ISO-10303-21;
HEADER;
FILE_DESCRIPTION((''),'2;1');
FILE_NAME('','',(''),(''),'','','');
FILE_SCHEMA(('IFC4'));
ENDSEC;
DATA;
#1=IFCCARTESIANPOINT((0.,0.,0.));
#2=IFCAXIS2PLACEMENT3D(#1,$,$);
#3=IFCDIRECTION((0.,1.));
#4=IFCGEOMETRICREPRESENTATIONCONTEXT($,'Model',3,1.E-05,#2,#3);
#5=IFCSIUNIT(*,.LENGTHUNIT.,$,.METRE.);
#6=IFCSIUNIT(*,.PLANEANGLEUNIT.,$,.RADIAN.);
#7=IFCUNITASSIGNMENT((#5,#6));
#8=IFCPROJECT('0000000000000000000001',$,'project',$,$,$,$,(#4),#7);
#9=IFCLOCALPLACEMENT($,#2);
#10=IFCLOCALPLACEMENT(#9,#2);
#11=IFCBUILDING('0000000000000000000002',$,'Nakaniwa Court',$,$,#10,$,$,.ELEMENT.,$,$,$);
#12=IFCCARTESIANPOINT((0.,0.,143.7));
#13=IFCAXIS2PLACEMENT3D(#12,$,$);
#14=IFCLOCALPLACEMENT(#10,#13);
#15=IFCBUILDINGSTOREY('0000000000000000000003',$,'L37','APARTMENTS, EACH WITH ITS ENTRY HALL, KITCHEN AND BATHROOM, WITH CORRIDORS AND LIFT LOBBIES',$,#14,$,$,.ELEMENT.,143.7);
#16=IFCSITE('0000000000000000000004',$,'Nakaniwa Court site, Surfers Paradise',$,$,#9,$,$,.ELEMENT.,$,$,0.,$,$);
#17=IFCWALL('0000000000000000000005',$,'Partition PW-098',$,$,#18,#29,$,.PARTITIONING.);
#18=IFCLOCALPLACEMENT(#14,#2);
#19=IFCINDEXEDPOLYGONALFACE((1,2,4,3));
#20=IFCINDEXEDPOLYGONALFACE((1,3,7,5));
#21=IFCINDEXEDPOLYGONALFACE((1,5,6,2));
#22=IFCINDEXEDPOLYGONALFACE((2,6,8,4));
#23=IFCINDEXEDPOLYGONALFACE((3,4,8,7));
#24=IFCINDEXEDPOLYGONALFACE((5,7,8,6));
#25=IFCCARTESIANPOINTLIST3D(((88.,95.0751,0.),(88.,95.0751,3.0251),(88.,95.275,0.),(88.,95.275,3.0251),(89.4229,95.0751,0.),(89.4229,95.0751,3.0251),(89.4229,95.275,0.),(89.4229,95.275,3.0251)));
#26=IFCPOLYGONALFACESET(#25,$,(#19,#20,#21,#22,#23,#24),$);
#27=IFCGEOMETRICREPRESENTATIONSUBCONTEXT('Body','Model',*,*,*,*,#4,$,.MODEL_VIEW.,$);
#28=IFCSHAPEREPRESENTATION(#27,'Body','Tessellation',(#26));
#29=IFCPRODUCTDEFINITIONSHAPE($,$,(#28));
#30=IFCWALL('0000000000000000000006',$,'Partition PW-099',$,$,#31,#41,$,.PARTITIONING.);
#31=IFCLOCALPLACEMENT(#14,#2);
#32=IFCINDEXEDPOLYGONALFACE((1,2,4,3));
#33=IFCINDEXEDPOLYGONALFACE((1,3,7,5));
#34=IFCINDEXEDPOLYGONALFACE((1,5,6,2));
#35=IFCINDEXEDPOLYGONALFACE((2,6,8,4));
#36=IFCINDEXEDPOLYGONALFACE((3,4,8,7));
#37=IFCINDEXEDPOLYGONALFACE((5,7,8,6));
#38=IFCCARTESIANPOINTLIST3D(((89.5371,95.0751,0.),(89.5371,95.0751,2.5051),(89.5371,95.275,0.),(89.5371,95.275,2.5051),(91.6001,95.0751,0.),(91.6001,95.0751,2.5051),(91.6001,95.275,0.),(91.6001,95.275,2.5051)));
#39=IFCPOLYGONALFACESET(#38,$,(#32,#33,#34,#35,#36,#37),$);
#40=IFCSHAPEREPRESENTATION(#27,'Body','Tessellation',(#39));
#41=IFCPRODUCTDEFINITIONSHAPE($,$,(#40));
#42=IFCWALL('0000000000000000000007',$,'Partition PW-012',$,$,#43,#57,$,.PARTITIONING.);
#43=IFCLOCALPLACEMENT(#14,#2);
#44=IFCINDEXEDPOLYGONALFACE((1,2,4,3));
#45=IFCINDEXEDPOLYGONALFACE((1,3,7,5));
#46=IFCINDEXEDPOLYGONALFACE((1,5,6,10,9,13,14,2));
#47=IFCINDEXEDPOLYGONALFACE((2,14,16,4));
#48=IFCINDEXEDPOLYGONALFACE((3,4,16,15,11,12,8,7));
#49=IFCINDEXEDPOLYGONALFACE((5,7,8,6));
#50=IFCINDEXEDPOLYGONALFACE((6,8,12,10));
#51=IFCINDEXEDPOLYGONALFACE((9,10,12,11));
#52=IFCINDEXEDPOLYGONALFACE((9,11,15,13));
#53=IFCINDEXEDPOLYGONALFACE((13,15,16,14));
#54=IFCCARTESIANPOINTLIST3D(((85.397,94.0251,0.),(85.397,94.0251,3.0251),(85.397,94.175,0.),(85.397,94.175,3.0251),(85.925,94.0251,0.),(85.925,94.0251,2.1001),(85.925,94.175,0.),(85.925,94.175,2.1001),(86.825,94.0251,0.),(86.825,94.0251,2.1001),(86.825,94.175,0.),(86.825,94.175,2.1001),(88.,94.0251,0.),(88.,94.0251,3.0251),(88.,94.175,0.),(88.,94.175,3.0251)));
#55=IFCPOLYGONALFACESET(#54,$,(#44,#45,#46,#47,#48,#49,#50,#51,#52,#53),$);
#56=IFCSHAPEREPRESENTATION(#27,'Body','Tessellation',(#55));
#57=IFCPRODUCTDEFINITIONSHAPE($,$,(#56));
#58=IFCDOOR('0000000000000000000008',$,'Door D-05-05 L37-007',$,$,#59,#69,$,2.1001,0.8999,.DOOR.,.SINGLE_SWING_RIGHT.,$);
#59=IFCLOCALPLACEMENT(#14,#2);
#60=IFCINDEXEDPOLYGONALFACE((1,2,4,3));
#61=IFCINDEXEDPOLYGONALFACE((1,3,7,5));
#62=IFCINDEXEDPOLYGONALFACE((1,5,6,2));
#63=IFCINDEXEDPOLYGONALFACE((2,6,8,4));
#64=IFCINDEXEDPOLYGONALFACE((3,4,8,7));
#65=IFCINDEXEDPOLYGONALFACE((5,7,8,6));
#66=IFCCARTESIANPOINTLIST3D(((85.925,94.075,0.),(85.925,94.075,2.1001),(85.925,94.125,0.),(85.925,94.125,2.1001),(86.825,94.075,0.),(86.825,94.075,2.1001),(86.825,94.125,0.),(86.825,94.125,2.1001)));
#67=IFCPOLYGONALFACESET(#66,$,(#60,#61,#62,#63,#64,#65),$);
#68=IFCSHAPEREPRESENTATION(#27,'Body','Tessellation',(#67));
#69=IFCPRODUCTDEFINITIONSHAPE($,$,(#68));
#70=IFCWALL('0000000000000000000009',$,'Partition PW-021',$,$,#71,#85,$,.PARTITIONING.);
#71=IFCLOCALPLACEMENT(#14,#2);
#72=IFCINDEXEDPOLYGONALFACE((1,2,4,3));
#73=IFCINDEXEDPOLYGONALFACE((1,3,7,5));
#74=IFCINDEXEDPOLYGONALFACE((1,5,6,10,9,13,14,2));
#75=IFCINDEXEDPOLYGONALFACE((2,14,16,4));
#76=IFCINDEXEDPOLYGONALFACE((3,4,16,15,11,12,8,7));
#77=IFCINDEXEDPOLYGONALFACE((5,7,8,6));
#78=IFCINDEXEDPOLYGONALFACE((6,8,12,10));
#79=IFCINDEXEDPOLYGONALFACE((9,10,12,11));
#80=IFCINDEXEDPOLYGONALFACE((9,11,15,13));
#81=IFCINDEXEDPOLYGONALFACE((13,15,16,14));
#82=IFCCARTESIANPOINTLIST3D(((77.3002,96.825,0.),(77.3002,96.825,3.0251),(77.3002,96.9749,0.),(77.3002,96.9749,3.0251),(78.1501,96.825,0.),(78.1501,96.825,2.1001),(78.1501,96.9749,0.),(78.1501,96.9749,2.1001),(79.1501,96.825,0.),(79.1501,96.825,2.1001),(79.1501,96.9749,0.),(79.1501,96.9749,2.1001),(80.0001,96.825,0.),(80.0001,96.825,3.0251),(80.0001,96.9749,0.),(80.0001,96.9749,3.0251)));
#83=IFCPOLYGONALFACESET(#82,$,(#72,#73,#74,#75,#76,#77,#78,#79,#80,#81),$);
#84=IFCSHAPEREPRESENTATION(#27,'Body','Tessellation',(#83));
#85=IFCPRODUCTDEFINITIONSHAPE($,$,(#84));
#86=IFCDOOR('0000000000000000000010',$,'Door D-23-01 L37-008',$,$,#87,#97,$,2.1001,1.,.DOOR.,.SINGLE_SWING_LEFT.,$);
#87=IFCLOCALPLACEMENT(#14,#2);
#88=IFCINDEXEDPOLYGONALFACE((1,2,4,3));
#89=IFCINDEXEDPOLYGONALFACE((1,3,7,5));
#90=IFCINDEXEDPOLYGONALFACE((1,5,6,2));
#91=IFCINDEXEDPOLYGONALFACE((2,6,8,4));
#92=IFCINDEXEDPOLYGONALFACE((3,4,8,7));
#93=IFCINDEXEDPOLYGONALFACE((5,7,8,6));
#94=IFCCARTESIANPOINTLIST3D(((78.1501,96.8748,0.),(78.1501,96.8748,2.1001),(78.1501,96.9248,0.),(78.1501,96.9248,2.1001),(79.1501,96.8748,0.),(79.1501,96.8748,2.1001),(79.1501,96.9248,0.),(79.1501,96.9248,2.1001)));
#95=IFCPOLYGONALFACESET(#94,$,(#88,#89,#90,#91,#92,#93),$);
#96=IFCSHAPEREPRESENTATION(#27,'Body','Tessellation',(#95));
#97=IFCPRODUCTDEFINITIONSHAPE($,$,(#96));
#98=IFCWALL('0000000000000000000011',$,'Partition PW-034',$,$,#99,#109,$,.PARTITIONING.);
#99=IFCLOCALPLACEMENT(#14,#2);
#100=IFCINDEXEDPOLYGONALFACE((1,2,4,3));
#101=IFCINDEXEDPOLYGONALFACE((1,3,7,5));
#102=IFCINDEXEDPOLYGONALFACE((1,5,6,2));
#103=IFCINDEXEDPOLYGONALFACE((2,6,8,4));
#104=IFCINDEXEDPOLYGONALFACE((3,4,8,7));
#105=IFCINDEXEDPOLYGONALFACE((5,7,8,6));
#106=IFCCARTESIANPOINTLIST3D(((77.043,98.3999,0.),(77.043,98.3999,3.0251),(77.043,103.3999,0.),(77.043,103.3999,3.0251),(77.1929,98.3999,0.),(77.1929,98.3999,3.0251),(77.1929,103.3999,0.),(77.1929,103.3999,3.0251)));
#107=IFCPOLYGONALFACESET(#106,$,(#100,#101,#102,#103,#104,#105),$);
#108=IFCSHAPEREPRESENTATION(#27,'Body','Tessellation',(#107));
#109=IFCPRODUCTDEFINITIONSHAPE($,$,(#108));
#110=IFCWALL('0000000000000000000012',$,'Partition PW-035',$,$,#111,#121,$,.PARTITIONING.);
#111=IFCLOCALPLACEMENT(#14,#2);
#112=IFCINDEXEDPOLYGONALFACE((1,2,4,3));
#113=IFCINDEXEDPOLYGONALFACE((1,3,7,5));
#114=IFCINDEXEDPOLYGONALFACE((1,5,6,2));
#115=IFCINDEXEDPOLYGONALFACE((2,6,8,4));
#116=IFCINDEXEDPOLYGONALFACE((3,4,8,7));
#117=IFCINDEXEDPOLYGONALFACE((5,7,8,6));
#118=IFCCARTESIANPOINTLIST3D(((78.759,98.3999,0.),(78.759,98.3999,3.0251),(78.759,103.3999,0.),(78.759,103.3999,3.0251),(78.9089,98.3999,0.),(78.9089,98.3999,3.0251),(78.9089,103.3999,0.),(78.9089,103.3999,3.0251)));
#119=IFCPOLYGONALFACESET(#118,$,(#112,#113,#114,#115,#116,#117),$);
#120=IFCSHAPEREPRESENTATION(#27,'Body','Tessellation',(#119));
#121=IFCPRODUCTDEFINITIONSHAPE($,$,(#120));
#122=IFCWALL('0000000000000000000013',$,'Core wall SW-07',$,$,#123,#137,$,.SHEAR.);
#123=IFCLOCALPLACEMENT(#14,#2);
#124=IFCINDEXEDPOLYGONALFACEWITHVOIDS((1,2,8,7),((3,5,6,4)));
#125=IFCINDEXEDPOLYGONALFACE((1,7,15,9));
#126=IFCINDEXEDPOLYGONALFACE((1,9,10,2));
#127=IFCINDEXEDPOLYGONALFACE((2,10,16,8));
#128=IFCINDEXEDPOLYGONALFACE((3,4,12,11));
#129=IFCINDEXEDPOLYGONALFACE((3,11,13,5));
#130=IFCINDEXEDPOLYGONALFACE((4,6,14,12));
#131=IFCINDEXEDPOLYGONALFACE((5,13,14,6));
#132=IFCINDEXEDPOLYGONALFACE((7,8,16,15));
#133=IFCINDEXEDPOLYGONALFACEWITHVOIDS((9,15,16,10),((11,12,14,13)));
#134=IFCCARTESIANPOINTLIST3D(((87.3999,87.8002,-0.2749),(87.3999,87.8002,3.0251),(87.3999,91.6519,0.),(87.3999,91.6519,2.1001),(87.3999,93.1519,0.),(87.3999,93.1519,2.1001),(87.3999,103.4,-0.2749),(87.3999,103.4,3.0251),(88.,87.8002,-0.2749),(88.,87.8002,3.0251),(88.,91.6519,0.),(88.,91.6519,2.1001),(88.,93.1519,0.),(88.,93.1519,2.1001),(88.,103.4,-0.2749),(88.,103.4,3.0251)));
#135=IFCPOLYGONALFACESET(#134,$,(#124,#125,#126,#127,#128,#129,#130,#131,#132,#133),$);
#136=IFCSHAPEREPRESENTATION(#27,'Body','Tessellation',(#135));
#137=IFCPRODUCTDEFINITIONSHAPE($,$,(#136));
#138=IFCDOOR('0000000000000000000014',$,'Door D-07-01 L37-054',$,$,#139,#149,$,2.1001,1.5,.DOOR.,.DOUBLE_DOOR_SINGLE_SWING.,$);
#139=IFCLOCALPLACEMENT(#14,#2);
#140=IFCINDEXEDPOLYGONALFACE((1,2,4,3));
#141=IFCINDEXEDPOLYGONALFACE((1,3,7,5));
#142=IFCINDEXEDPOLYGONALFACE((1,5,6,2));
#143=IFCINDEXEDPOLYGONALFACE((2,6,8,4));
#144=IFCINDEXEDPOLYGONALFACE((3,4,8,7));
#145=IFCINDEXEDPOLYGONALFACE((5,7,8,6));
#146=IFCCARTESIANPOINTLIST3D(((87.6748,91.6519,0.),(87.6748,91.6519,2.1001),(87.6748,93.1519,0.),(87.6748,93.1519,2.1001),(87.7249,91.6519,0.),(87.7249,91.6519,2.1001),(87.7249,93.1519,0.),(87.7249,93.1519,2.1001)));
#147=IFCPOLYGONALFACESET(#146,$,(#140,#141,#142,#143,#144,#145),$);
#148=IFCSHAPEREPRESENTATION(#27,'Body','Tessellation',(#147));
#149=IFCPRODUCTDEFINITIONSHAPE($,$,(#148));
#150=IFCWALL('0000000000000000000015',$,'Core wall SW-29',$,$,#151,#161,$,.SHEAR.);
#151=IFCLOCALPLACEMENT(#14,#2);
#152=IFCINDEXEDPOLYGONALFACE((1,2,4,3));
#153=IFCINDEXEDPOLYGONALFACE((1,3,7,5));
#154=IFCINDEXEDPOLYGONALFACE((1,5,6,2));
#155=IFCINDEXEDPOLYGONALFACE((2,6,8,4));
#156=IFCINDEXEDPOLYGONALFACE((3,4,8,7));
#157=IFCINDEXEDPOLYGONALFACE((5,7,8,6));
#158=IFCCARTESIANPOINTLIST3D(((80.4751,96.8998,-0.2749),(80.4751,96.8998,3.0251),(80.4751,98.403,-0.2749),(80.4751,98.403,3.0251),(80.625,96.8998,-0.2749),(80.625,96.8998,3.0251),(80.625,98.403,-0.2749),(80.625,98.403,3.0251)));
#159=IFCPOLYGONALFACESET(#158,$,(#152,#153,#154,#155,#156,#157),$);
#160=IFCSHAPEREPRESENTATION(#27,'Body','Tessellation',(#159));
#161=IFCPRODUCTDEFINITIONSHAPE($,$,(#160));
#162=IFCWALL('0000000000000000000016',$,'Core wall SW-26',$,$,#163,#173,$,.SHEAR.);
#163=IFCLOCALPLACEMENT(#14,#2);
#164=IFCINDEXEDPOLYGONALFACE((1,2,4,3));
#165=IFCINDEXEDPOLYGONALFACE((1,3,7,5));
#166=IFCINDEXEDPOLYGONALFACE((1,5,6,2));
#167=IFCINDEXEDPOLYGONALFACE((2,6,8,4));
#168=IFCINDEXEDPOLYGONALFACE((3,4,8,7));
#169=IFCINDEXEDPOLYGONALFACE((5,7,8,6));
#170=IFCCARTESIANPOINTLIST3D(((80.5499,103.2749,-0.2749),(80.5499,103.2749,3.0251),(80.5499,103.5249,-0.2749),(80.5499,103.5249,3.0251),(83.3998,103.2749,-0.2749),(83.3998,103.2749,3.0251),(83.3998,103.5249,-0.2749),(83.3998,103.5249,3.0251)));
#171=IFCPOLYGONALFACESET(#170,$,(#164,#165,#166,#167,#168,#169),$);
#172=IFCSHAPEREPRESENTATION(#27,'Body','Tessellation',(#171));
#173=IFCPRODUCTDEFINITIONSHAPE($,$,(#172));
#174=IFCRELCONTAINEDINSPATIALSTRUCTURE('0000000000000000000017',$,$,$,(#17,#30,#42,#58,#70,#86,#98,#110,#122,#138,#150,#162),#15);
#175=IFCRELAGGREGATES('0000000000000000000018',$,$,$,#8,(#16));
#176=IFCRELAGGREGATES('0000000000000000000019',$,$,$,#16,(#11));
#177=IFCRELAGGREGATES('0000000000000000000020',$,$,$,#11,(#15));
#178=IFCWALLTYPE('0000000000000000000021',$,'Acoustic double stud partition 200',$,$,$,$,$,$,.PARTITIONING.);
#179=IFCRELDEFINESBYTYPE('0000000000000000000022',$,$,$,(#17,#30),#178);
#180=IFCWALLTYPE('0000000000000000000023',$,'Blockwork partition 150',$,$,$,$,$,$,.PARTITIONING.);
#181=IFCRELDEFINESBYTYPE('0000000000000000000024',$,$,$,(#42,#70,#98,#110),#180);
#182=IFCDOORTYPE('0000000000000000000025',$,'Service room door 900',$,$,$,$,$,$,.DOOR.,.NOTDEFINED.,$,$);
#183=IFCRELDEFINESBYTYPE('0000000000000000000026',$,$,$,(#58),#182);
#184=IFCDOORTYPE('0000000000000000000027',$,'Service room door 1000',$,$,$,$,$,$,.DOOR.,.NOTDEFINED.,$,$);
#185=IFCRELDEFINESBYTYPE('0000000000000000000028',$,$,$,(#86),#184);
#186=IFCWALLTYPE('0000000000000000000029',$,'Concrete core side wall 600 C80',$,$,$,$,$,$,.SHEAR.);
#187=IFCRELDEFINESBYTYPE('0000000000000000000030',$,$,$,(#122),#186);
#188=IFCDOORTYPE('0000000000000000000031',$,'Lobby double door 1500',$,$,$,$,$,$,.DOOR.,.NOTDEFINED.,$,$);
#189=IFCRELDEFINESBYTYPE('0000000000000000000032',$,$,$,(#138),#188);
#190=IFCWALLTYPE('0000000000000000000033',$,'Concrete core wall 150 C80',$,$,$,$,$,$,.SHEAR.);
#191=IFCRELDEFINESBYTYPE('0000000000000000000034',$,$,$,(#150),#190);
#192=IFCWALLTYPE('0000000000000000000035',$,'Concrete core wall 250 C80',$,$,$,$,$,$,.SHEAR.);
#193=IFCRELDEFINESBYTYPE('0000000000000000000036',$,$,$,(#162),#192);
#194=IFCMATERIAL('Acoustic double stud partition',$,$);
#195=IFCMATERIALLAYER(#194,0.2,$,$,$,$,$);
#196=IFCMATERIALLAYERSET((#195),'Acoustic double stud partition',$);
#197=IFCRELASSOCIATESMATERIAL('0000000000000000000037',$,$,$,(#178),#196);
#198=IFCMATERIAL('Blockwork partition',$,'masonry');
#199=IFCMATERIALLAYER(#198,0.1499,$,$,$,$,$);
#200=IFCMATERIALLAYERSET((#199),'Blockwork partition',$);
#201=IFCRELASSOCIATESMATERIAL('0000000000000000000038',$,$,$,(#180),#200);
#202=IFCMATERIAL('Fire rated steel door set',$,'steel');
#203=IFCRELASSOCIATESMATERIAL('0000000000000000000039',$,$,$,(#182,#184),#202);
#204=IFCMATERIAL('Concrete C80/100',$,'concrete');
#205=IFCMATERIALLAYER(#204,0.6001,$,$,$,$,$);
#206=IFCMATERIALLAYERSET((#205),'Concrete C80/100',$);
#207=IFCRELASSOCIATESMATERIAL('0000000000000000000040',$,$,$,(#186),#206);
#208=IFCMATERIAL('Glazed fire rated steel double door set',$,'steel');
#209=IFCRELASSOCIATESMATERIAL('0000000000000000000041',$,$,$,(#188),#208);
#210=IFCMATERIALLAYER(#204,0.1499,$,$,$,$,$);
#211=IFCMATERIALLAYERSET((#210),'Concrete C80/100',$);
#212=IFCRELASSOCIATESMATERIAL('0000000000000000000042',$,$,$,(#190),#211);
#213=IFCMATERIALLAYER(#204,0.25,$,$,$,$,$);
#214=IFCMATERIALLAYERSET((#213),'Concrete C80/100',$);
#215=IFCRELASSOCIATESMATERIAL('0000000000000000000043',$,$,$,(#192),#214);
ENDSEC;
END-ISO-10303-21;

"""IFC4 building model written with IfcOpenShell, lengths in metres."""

from ifc_helpers import new_model, si_unit, direction, frame, frame_2d, origin, place, context, subcontext, project, spatial, rectangle, extrude, material, layer, layer_set, type_object, element, fill, save


model = new_model("IFC4")

# Units and contexts
model_context = context("Model", 3, precision=1e-05, world=origin(), true_north=direction((0.0, 1.0)))
body_context = subcontext(model_context, "Body", "Model", "MODEL_VIEW")
ifc_project = project(units=[si_unit("LENGTHUNIT", "METRE"), si_unit("PLANEANGLEUNIT", "RADIAN")], contexts=[model_context])

# Site, building, storey
site_placement = place(None, origin())
site = spatial("IfcSite", under=ifc_project, at=site_placement, Name="Nakaniwa Court site, Surfers Paradise", CompositionType="ELEMENT", RefElevation=0.0)
building_placement = place(site_placement, origin())
building = spatial("IfcBuilding", under=site, at=building_placement, Name="Nakaniwa Court", CompositionType="ELEMENT")
storey_placement = place(building_placement, frame((0.0, 0.0, 143.7)))
storey = spatial("IfcBuildingStorey", under=building, at=storey_placement, Name="L37", Description="APARTMENTS, EACH WITH ITS ENTRY HALL, KITCHEN AND BATHROOM, WITH CORRIDORS AND LIFT LOBBIES", CompositionType="ELEMENT", Elevation=143.7)

# Walls
ifc_material_1 = material(Name="Acoustic double stud partition")
ifc_layer_1 = layer(ifc_material_1, 0.2)
ifc_layer_set_1 = layer_set([ifc_layer_1], Name="Acoustic double stud partition")
wall_type_1 = type_object("IfcWallType", Name="Acoustic double stud partition 200", PredefinedType="PARTITIONING", material=ifc_layer_set_1)
wall_1_placement = place(storey_placement, frame((88.0, 95.175, 0.0), z_axis=(0.0, 0.0, 1.0), x_axis=(1.0, 0.0, 0.0)))
element("IfcWall", 1, at=wall_1_placement, inside=storey, type_object=wall_type_1, Name="Partition PW-098", PredefinedType="PARTITIONING", context=body_context, shape_type="SweptSolid", body=[
    extrude(rectangle(XDim=1.4229, YDim=0.2, at=frame_2d((0.7114, 0.0))), origin(), (0.0, 0.0, 1.0), 3.0251),
])
wall_2_placement = place(storey_placement, frame((89.5371, 95.175, 0.0), z_axis=(0.0, 0.0, 1.0), x_axis=(1.0, 0.0, 0.0)))
element("IfcWall", 2, at=wall_2_placement, inside=storey, type_object=wall_type_1, Name="Partition PW-099", PredefinedType="PARTITIONING", context=body_context, shape_type="SweptSolid", body=[
    extrude(rectangle(XDim=2.063, YDim=0.2, at=frame_2d((1.0315, 0.0))), origin(), (0.0, 0.0, 1.0), 2.5051),
])

# Walls, openings, doors
ifc_material_2 = material(Name="Blockwork partition", Category="masonry")
ifc_layer_2 = layer(ifc_material_2, 0.1499)
ifc_layer_set_2 = layer_set([ifc_layer_2], Name="Blockwork partition")
wall_type_2 = type_object("IfcWallType", Name="Blockwork partition 150", PredefinedType="PARTITIONING", material=ifc_layer_set_2)
wall_3_placement = place(storey_placement, frame((85.397, 94.1001, 0.0), z_axis=(0.0, 0.0, 1.0), x_axis=(1.0, 0.0, 0.0)))
wall_3 = element("IfcWall", 3, at=wall_3_placement, inside=storey, type_object=wall_type_2, Name="Partition PW-012", PredefinedType="PARTITIONING", context=body_context, shape_type="SweptSolid", body=[
    extrude(rectangle(XDim=2.603, YDim=0.1499, at=frame_2d((1.3015, 0.0))), origin(), (0.0, 0.0, 1.0), 3.0251),
])
opening_1_placement = place(wall_3_placement, frame((0.5281, 0.0, 0.0)))
opening_1 = element("IfcOpeningElement", 4, at=opening_1_placement, cuts=wall_3, PredefinedType="OPENING", context=body_context, shape_type="SweptSolid", body=[
    extrude(rectangle(XDim=0.8999, YDim=2.1001, at=frame_2d((0.45, 1.05))), frame((0.0, 0.085, 0.0), z_axis=(0.0, -1.0, 0.0), x_axis=(1.0, 0.0, 0.0)), (0.0, 0.0, 1.0), 0.1699),
])
ifc_material_3 = material(Name="Fire rated steel door set", Category="steel")
door_type_1 = type_object("IfcDoorType", Name="Service room door 900", OperationType="NOTDEFINED", PredefinedType="DOOR", material=ifc_material_3)
door_1_placement = place(opening_1_placement, origin())
door_1 = element("IfcDoor", 5, at=door_1_placement, inside=storey, type_object=door_type_1, Name="Door D-05-05 L37-007", OperationType="SINGLE_SWING_RIGHT", OverallHeight=2.1001, OverallWidth=0.8999, PredefinedType="DOOR", context=body_context, shape_type="SweptSolid", body=[
    extrude(rectangle(XDim=0.8999, YDim=2.1001, at=frame_2d((0.45, 1.05))), frame((0.0, 0.0249, 0.0), z_axis=(0.0, -1.0, 0.0), x_axis=(1.0, 0.0, 0.0)), (0.0, 0.0, 1.0), 0.05),
])
fill(opening_1, door_1)
wall_4_placement = place(storey_placement, frame((77.3, 96.8999, 0.0), z_axis=(0.0, 0.0, 1.0), x_axis=(1.0, 0.0, 0.0)))
wall_4 = element("IfcWall", 6, at=wall_4_placement, inside=storey, type_object=wall_type_2, Name="Partition PW-021", PredefinedType="PARTITIONING", context=body_context, shape_type="SweptSolid", body=[
    extrude(rectangle(XDim=2.7, YDim=0.1499, at=frame_2d((1.3501, 0.0))), origin(), (0.0, 0.0, 1.0), 3.0251),
])
opening_2_placement = place(wall_4_placement, frame((0.8501, 0.0, 0.0)))
opening_2 = element("IfcOpeningElement", 7, at=opening_2_placement, cuts=wall_4, PredefinedType="OPENING", context=body_context, shape_type="SweptSolid", body=[
    extrude(rectangle(XDim=1.0, YDim=2.1001, at=frame_2d((0.5, 1.05))), frame((0.0, 0.085, 0.0), z_axis=(0.0, -1.0, 0.0), x_axis=(1.0, 0.0, 0.0)), (0.0, 0.0, 1.0), 0.1699),
])
door_type_2 = type_object("IfcDoorType", Name="Service room door 1000", OperationType="NOTDEFINED", PredefinedType="DOOR", material=ifc_material_3)
door_2_placement = place(opening_2_placement, origin())
door_2 = element("IfcDoor", 8, at=door_2_placement, inside=storey, type_object=door_type_2, Name="Door D-23-01 L37-008", OperationType="SINGLE_SWING_LEFT", OverallHeight=2.1001, OverallWidth=1.0, PredefinedType="DOOR", context=body_context, shape_type="SweptSolid", body=[
    extrude(rectangle(XDim=1.0, YDim=2.1001, at=frame_2d((0.5, 1.05))), frame((0.0, 0.0249, 0.0), z_axis=(0.0, -1.0, 0.0), x_axis=(1.0, 0.0, 0.0)), (0.0, 0.0, 1.0), 0.05),
])
fill(opening_2, door_2)

# Walls
for number, where, z_axis, x_axis, name in (
    (9, (77.1179, 98.3999, 0.0), (0.0, 0.0, 1.0), (0.0, 1.0, 0.0), "Partition PW-034"),
    (10, (78.834, 98.3999, 0.0), (0.0, 0.0, 1.0), (0.0, 1.0, 0.0), "Partition PW-035"),
):
    element("IfcWall", number, at=place(storey_placement, frame(where, z_axis=z_axis, x_axis=x_axis)), inside=storey, type_object=wall_type_2, Name=name, PredefinedType="PARTITIONING", context=body_context, shape_type="SweptSolid", body=[
        extrude(rectangle(XDim=5.0, YDim=0.1499, at=frame_2d((2.5, 0.0))), origin(), (0.0, 0.0, 1.0), 3.0251),
    ])

# Wall, opening, door
ifc_material_4 = material(Name="Concrete C80/100", Category="concrete")
ifc_layer_3 = layer(ifc_material_4, 0.6001)
ifc_layer_set_3 = layer_set([ifc_layer_3], Name="Concrete C80/100")
wall_type_3 = type_object("IfcWallType", Name="Concrete core side wall 600 C80", PredefinedType="SHEAR", material=ifc_layer_set_3)
wall_5_placement = place(storey_placement, frame((87.7, 103.3999, -0.2749), z_axis=(0.0, 0.0, 1.0), x_axis=(0.0, -1.0, 0.0)))
wall_5 = element("IfcWall", 11, at=wall_5_placement, inside=storey, type_object=wall_type_3, Name="Core wall SW-07", PredefinedType="SHEAR", context=body_context, shape_type="SweptSolid", body=[
    extrude(rectangle(XDim=15.5999, YDim=0.6001, at=frame_2d((7.7998, 0.0))), origin(), (0.0, 0.0, 1.0), 3.3),
])
opening_3_placement = place(wall_5_placement, frame((10.248, 0.0, 0.2749)))
opening_3 = element("IfcOpeningElement", 12, at=opening_3_placement, cuts=wall_5, PredefinedType="OPENING", context=body_context, shape_type="SweptSolid", body=[
    extrude(rectangle(XDim=1.5, YDim=2.1001, at=frame_2d((0.75, 1.05))), frame((0.0, 0.3101, 0.0), z_axis=(0.0, -1.0, 0.0), x_axis=(1.0, 0.0, 0.0)), (0.0, 0.0, 1.0), 0.6201),
])
ifc_material_5 = material(Name="Glazed fire rated steel double door set", Category="steel")
door_type_3 = type_object("IfcDoorType", Name="Lobby double door 1500", OperationType="NOTDEFINED", PredefinedType="DOOR", material=ifc_material_5)
door_3_placement = place(opening_3_placement, origin())
door_3 = element("IfcDoor", 13, at=door_3_placement, inside=storey, type_object=door_type_3, Name="Door D-07-01 L37-054", OperationType="DOUBLE_DOOR_SINGLE_SWING", OverallHeight=2.1001, OverallWidth=1.5, PredefinedType="DOOR", context=body_context, shape_type="SweptSolid", body=[
    extrude(rectangle(XDim=1.5, YDim=2.1001, at=frame_2d((0.75, 1.05))), frame((0.0, 0.0249, 0.0), z_axis=(0.0, -1.0, 0.0), x_axis=(1.0, 0.0, 0.0)), (0.0, 0.0, 1.0), 0.05),
])
fill(opening_3, door_3)

# Walls
ifc_layer_4 = layer(ifc_material_4, 0.1499)
ifc_layer_set_4 = layer_set([ifc_layer_4], Name="Concrete C80/100")
wall_type_4 = type_object("IfcWallType", Name="Concrete core wall 150 C80", PredefinedType="SHEAR", material=ifc_layer_set_4)
wall_6_placement = place(storey_placement, frame((80.55, 96.8999, -0.2749), z_axis=(0.0, 0.0, 1.0), x_axis=(0.0, 1.0, 0.0)))
element("IfcWall", 14, at=wall_6_placement, inside=storey, type_object=wall_type_4, Name="Core wall SW-29", PredefinedType="SHEAR", context=body_context, shape_type="SweptSolid", body=[
    extrude(rectangle(XDim=1.5032, YDim=0.1499, at=frame_2d((0.7515, 0.0))), origin(), (0.0, 0.0, 1.0), 3.3),
])
ifc_layer_5 = layer(ifc_material_4, 0.25)
ifc_layer_set_5 = layer_set([ifc_layer_5], Name="Concrete C80/100")
wall_type_5 = type_object("IfcWallType", Name="Concrete core wall 250 C80", PredefinedType="SHEAR", material=ifc_layer_set_5)
wall_7_placement = place(storey_placement, frame((80.55, 103.3999, -0.2749), z_axis=(0.0, 0.0, 1.0), x_axis=(1.0, 0.0, 0.0)))
element("IfcWall", 15, at=wall_7_placement, inside=storey, type_object=wall_type_5, Name="Core wall SW-26", PredefinedType="SHEAR", context=body_context, shape_type="SweptSolid", body=[
    extrude(rectangle(XDim=2.8499, YDim=0.25, at=frame_2d((1.4248, 0.0))), origin(), (0.0, 0.0, 1.0), 3.3),
])

save(model, "model.ifc")
